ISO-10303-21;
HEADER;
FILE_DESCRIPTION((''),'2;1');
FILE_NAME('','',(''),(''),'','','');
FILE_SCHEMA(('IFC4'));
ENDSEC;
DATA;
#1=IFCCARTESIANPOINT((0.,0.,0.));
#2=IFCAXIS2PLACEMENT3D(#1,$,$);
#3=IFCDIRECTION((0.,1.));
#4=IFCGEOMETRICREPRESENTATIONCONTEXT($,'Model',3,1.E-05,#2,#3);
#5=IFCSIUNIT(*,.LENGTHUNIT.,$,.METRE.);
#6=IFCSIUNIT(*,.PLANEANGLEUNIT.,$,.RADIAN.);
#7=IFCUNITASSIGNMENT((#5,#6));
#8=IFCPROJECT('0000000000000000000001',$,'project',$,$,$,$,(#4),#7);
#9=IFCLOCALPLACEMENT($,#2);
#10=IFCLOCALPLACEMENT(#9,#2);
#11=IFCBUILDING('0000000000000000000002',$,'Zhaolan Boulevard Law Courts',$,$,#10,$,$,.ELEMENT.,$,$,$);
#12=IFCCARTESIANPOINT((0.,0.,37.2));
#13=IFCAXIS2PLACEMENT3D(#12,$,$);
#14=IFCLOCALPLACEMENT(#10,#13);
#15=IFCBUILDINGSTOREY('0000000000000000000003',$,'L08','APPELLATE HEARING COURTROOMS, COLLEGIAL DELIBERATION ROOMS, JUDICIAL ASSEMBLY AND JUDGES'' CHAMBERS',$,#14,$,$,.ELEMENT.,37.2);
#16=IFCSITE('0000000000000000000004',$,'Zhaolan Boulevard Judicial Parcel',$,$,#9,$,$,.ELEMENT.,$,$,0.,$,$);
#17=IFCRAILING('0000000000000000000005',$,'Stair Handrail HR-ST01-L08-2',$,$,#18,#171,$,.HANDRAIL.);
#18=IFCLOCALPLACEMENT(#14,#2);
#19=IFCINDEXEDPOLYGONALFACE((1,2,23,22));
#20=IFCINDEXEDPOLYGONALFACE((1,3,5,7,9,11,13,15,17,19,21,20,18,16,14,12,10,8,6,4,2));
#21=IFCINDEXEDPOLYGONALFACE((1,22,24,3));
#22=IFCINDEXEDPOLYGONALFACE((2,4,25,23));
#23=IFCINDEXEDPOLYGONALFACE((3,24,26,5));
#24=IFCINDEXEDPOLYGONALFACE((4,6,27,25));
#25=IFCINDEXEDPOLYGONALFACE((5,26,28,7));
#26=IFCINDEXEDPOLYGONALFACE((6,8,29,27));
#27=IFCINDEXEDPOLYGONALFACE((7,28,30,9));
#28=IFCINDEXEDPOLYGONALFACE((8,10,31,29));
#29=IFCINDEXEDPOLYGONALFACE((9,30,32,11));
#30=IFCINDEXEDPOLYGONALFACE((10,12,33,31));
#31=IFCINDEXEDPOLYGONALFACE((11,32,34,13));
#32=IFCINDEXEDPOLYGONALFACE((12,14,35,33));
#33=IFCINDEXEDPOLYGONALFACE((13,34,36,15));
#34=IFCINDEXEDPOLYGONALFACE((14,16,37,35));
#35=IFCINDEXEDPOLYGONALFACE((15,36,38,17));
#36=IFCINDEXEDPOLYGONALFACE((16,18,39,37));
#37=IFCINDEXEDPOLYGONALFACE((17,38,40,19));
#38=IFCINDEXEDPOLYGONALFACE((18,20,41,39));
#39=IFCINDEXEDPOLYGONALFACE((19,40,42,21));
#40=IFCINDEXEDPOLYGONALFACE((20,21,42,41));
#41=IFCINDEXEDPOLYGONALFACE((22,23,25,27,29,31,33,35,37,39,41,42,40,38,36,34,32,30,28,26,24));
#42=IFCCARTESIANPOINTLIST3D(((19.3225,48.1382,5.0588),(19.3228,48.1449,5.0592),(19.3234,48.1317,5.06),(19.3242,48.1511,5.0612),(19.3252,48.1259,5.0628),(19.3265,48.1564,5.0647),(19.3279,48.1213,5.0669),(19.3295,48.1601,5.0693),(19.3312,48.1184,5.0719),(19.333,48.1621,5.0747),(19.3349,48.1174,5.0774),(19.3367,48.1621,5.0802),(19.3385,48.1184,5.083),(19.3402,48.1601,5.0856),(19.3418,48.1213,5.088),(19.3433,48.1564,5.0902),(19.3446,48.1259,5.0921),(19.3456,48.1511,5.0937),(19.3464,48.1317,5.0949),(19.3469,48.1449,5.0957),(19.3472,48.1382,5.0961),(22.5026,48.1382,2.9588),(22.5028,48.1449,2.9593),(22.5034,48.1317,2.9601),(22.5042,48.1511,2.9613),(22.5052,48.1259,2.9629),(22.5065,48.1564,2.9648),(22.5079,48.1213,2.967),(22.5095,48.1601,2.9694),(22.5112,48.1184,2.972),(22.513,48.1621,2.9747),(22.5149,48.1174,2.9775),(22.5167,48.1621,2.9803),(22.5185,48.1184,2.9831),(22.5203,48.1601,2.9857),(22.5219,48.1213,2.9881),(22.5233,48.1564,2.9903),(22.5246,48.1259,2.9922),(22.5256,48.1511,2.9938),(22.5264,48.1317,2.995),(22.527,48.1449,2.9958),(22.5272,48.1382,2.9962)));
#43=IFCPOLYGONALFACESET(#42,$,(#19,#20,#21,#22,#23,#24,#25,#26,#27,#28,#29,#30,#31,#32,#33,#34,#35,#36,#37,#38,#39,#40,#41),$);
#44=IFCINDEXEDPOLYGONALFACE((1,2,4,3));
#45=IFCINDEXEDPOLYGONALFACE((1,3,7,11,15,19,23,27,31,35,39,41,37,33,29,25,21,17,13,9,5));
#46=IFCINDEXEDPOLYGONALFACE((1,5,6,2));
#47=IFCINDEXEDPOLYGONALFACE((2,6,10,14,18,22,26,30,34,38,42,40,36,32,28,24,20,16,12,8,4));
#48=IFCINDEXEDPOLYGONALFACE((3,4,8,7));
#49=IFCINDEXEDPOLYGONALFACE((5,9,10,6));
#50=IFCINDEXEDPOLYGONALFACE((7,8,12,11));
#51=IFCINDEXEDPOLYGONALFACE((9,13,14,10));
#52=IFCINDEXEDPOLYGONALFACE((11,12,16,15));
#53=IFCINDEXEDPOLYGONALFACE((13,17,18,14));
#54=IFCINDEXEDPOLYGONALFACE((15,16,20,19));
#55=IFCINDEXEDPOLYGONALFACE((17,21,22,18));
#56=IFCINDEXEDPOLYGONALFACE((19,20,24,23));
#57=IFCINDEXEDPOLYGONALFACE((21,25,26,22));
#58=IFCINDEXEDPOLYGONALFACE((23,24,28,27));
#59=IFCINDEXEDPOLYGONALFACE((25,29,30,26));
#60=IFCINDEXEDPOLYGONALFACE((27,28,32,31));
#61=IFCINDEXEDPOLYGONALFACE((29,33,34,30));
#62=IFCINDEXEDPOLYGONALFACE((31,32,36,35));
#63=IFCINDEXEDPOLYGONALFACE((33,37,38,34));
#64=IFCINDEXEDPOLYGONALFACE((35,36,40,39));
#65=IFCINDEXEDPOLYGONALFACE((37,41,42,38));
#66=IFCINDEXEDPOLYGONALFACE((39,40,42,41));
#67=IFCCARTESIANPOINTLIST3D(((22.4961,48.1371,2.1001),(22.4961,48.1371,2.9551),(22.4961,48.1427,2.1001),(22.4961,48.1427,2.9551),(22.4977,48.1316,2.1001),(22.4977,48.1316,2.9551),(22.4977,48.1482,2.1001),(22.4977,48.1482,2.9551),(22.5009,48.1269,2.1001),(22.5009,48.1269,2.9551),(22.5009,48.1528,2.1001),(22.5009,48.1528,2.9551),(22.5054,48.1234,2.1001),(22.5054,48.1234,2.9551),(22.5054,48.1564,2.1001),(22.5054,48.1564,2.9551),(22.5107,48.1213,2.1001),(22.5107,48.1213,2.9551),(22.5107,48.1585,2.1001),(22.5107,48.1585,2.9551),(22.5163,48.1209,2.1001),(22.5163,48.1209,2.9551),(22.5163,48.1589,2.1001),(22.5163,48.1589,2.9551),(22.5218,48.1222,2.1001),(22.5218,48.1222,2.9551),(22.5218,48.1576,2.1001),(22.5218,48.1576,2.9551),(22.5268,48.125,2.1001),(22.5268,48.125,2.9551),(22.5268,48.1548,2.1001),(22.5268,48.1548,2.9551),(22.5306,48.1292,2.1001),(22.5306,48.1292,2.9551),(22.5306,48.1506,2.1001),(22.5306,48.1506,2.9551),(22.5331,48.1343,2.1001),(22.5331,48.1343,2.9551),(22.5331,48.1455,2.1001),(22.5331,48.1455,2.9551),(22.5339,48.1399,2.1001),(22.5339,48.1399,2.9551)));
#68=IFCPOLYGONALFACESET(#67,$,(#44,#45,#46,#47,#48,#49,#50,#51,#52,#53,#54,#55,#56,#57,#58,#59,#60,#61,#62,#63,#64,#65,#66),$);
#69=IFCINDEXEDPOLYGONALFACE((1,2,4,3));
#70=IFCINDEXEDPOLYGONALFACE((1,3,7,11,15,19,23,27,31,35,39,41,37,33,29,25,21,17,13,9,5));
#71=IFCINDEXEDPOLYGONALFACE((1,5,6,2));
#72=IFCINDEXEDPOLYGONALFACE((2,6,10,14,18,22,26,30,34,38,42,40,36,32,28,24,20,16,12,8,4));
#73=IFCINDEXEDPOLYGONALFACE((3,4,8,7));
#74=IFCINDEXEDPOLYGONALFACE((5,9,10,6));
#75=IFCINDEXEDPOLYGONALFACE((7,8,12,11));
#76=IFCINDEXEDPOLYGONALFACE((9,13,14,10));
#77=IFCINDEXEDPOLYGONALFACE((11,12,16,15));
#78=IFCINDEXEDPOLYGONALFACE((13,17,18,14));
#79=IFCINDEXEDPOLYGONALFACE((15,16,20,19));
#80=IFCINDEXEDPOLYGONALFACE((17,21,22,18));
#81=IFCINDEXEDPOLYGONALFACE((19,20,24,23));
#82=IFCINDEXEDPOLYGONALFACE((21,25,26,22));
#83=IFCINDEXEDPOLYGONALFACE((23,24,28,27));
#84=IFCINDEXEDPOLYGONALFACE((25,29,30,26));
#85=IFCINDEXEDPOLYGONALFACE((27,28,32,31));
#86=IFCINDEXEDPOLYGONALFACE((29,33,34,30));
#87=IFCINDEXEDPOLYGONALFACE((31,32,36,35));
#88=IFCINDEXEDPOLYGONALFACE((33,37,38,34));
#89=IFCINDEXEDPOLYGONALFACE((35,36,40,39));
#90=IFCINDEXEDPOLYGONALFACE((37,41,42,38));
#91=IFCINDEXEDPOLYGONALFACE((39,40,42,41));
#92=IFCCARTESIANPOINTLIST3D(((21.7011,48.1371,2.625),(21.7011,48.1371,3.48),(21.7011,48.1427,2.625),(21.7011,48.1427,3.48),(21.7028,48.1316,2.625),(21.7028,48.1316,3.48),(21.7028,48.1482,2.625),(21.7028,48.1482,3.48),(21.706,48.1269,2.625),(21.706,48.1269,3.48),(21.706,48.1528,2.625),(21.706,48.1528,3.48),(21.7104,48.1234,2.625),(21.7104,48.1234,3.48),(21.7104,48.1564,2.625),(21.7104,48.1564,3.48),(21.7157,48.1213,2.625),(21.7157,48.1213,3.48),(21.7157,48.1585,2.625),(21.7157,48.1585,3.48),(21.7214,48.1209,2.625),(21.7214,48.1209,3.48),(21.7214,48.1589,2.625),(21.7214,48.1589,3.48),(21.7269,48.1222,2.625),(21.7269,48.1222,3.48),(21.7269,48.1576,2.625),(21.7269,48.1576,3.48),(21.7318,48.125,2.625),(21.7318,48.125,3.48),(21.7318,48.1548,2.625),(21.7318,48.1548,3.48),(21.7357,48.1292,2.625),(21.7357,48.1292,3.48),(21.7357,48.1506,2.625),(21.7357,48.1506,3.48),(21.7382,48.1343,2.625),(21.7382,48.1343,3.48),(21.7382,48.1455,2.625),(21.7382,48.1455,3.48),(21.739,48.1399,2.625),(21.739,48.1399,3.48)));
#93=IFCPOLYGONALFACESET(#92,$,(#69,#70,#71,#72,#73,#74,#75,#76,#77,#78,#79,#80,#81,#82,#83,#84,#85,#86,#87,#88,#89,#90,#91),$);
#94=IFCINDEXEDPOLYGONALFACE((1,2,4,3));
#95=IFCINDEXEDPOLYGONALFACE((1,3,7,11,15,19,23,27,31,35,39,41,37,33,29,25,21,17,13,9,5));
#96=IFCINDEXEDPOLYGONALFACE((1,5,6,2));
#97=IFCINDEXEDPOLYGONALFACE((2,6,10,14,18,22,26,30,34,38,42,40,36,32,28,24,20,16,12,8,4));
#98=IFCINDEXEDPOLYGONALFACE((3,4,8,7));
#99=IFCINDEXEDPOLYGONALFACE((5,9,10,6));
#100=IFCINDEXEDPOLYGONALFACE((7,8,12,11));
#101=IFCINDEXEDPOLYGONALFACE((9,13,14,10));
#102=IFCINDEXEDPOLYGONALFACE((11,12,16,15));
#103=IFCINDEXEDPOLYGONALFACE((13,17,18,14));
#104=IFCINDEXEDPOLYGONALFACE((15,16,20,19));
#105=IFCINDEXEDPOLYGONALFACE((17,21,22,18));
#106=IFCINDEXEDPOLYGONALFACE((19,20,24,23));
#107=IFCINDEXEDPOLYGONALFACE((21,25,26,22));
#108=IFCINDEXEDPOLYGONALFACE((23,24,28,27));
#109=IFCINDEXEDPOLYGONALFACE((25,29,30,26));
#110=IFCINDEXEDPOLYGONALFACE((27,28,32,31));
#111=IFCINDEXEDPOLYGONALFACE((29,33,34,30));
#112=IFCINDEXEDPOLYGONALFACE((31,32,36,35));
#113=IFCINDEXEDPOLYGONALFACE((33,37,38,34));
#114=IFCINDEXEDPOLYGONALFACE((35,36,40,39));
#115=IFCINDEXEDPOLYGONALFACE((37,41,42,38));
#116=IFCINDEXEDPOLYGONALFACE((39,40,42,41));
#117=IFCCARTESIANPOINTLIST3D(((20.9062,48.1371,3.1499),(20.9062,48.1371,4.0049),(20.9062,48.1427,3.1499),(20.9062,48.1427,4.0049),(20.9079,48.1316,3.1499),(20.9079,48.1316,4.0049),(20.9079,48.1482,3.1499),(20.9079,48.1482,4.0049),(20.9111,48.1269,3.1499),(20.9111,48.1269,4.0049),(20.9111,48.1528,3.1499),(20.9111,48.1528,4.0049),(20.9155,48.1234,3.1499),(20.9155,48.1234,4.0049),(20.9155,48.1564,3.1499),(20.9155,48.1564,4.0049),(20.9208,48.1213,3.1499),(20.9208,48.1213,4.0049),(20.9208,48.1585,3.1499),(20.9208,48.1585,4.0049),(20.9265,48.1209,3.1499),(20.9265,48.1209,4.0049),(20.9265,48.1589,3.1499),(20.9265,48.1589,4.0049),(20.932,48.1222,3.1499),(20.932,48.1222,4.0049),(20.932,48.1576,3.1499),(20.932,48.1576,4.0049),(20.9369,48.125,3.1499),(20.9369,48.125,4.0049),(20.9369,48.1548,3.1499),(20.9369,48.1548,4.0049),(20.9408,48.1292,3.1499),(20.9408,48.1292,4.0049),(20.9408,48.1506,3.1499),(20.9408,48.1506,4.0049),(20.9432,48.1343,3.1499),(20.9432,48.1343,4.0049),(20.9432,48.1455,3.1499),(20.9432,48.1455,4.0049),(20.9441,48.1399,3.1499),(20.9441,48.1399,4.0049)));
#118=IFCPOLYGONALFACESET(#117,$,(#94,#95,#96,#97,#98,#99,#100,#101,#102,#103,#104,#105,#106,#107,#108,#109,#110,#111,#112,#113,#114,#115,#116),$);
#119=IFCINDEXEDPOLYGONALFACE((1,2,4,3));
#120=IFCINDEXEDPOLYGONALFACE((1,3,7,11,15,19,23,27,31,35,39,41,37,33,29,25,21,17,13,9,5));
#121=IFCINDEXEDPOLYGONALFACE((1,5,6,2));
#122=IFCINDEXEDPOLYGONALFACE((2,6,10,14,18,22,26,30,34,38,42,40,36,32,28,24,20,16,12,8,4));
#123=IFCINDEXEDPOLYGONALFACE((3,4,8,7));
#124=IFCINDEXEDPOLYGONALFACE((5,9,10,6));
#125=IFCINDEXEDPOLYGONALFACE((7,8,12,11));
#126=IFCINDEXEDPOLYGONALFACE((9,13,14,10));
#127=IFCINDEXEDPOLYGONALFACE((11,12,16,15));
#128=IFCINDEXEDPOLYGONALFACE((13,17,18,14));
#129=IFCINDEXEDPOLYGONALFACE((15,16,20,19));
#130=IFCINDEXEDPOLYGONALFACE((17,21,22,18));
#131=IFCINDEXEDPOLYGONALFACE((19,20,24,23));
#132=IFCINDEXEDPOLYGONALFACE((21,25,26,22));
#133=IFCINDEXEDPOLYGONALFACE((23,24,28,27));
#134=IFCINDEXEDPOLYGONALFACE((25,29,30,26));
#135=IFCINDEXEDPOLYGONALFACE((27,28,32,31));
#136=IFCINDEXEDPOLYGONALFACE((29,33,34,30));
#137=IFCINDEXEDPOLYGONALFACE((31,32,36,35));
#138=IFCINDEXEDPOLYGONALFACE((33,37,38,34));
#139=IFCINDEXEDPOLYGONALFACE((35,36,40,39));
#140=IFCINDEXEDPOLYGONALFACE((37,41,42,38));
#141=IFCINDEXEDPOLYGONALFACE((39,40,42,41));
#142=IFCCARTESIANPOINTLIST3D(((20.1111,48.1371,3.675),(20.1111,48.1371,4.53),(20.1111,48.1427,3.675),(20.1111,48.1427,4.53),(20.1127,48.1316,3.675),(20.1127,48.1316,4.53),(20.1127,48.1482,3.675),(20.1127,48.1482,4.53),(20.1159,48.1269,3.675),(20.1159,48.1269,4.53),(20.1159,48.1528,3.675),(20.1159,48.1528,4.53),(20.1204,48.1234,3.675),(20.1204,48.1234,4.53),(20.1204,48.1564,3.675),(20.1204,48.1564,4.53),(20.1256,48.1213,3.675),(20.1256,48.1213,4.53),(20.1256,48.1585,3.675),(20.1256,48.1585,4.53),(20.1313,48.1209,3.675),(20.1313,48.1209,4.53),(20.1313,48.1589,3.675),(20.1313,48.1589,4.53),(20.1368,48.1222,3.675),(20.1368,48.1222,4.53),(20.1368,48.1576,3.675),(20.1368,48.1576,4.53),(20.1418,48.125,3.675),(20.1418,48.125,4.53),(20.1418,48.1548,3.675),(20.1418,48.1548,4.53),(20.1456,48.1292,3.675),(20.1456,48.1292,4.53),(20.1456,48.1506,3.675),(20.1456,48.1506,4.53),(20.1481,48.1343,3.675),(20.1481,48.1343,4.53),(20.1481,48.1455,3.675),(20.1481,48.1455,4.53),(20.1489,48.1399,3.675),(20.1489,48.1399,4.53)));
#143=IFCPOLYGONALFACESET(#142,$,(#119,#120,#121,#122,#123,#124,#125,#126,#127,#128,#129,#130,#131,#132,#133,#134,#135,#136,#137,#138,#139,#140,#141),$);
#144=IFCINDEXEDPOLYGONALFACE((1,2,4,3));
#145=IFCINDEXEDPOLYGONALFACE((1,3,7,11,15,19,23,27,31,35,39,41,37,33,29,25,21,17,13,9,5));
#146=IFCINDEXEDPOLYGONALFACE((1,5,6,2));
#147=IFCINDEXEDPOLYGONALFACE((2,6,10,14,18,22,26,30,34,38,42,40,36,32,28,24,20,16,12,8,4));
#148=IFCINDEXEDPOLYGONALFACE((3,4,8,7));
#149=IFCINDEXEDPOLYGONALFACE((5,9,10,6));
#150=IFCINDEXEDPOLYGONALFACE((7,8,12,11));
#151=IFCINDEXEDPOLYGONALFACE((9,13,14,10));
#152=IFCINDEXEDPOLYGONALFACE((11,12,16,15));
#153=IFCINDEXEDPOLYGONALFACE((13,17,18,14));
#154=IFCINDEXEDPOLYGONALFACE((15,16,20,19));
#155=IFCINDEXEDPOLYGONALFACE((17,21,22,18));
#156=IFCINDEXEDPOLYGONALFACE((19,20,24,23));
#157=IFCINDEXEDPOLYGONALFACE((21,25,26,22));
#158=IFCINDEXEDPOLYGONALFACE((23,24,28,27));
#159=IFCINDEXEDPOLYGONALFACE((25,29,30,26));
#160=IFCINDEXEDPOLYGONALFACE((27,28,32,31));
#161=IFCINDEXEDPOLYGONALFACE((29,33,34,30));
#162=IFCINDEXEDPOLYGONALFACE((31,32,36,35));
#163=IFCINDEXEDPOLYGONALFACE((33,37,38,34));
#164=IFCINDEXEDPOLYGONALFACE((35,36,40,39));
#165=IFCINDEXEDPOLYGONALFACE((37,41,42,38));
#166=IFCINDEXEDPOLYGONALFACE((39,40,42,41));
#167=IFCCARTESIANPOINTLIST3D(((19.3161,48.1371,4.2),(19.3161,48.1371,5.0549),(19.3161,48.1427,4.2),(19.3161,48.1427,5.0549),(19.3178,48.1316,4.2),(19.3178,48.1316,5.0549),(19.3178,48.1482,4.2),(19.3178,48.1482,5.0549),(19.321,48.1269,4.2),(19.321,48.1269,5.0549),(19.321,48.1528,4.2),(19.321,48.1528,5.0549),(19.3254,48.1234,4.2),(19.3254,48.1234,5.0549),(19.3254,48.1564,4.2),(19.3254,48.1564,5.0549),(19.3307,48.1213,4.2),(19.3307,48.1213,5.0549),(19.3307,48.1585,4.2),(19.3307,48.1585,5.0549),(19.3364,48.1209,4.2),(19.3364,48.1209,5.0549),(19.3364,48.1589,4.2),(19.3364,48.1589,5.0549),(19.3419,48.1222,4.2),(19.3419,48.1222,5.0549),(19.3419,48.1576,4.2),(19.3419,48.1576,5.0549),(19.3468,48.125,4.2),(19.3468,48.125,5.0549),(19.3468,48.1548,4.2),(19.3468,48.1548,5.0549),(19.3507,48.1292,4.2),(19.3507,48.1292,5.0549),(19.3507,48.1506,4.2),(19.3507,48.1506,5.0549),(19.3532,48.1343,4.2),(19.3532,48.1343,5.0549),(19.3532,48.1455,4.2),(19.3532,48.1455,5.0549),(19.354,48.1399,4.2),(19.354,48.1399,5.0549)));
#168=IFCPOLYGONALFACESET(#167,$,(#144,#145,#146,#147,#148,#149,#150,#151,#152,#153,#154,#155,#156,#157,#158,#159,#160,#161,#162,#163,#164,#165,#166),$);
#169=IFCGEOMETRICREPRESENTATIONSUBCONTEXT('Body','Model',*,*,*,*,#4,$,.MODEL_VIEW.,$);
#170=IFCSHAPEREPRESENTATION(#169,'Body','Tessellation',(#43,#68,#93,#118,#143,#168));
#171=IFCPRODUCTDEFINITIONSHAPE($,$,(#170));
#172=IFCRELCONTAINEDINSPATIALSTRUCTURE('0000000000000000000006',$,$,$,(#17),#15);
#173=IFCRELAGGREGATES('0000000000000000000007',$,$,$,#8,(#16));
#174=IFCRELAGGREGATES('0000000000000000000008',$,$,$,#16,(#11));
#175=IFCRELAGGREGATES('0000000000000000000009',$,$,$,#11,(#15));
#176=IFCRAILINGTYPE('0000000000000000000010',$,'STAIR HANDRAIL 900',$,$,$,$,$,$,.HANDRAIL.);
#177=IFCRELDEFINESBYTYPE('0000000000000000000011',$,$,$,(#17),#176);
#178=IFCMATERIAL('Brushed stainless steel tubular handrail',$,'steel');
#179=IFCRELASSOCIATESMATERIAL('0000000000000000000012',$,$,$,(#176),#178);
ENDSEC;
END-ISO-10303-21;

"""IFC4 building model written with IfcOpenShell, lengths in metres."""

from ifc_helpers import new_model, si_unit, direction, frame, origin, origin_2d, place, context, subcontext, project, spatial, circle, extrude, material, type_object, element, save


model = new_model("IFC4")

# Units and contexts
model_context = context("Model", 3, precision=1e-05, world=origin(), true_north=direction((0.0, 1.0)))
body_context = subcontext(model_context, "Body", "Model", "MODEL_VIEW")
ifc_project = project(units=[si_unit("LENGTHUNIT", "METRE"), si_unit("PLANEANGLEUNIT", "RADIAN")], contexts=[model_context])

# Site, building, storey
site_placement = place(None, origin())
site = spatial("IfcSite", under=ifc_project, at=site_placement, Name="Zhaolan Boulevard Judicial Parcel", CompositionType="ELEMENT", RefElevation=0.0)
building_placement = place(site_placement, origin())
building = spatial("IfcBuilding", under=site, at=building_placement, Name="Zhaolan Boulevard Law Courts", CompositionType="ELEMENT")
storey_placement = place(building_placement, frame((0.0, 0.0, 37.2)))
storey = spatial("IfcBuildingStorey", under=building, at=storey_placement, Name="L08", Description="APPELLATE HEARING COURTROOMS, COLLEGIAL DELIBERATION ROOMS, JUDICIAL ASSEMBLY AND JUDGES' CHAMBERS", CompositionType="ELEMENT", Elevation=37.2)

# Railing
ifc_material_1 = material(Name="Brushed stainless steel tubular handrail", Category="steel")
railing_type_1 = type_object("IfcRailingType", Name="STAIR HANDRAIL 900", PredefinedType="HANDRAIL", material=ifc_material_1)
railing_1_placement = place(storey_placement, frame((22.5149, 48.1399, 2.1001)))
element("IfcRailing", 1, at=railing_1_placement, inside=storey, type_object=railing_type_1, Name="Stair Handrail HR-ST01-L08-2", PredefinedType="HANDRAIL", context=body_context, shape_type="SweptSolid", body=[
    extrude(circle(Radius=0.0225, at=origin_2d()), frame((0.0, 0.0, 0.8774), z_axis=(-0.834477, 0.0, 0.551043), x_axis=(0.0, -1.0, 0.0)), (0.0, 0.0, 1.0), 3.8108),
    extrude(circle(Radius=0.019, at=origin_2d()), origin(), (0.0, 0.0, 1.0), 0.855),
    extrude(circle(Radius=0.019, at=origin_2d()), frame((-0.7949, 0.0, 0.5249)), (0.0, 0.0, 1.0), 0.855),
    extrude(circle(Radius=0.019, at=origin_2d()), frame((-1.5898, 0.0, 1.0498)), (0.0, 0.0, 1.0), 0.855),
    extrude(circle(Radius=0.019, at=origin_2d()), frame((-2.385, 0.0, 1.575)), (0.0, 0.0, 1.0), 0.855),
    extrude(circle(Radius=0.019, at=origin_2d()), frame((-3.1799, 0.0, 2.0999)), (0.0, 0.0, 1.0), 0.855),
])

save(model, "model.ifc")
